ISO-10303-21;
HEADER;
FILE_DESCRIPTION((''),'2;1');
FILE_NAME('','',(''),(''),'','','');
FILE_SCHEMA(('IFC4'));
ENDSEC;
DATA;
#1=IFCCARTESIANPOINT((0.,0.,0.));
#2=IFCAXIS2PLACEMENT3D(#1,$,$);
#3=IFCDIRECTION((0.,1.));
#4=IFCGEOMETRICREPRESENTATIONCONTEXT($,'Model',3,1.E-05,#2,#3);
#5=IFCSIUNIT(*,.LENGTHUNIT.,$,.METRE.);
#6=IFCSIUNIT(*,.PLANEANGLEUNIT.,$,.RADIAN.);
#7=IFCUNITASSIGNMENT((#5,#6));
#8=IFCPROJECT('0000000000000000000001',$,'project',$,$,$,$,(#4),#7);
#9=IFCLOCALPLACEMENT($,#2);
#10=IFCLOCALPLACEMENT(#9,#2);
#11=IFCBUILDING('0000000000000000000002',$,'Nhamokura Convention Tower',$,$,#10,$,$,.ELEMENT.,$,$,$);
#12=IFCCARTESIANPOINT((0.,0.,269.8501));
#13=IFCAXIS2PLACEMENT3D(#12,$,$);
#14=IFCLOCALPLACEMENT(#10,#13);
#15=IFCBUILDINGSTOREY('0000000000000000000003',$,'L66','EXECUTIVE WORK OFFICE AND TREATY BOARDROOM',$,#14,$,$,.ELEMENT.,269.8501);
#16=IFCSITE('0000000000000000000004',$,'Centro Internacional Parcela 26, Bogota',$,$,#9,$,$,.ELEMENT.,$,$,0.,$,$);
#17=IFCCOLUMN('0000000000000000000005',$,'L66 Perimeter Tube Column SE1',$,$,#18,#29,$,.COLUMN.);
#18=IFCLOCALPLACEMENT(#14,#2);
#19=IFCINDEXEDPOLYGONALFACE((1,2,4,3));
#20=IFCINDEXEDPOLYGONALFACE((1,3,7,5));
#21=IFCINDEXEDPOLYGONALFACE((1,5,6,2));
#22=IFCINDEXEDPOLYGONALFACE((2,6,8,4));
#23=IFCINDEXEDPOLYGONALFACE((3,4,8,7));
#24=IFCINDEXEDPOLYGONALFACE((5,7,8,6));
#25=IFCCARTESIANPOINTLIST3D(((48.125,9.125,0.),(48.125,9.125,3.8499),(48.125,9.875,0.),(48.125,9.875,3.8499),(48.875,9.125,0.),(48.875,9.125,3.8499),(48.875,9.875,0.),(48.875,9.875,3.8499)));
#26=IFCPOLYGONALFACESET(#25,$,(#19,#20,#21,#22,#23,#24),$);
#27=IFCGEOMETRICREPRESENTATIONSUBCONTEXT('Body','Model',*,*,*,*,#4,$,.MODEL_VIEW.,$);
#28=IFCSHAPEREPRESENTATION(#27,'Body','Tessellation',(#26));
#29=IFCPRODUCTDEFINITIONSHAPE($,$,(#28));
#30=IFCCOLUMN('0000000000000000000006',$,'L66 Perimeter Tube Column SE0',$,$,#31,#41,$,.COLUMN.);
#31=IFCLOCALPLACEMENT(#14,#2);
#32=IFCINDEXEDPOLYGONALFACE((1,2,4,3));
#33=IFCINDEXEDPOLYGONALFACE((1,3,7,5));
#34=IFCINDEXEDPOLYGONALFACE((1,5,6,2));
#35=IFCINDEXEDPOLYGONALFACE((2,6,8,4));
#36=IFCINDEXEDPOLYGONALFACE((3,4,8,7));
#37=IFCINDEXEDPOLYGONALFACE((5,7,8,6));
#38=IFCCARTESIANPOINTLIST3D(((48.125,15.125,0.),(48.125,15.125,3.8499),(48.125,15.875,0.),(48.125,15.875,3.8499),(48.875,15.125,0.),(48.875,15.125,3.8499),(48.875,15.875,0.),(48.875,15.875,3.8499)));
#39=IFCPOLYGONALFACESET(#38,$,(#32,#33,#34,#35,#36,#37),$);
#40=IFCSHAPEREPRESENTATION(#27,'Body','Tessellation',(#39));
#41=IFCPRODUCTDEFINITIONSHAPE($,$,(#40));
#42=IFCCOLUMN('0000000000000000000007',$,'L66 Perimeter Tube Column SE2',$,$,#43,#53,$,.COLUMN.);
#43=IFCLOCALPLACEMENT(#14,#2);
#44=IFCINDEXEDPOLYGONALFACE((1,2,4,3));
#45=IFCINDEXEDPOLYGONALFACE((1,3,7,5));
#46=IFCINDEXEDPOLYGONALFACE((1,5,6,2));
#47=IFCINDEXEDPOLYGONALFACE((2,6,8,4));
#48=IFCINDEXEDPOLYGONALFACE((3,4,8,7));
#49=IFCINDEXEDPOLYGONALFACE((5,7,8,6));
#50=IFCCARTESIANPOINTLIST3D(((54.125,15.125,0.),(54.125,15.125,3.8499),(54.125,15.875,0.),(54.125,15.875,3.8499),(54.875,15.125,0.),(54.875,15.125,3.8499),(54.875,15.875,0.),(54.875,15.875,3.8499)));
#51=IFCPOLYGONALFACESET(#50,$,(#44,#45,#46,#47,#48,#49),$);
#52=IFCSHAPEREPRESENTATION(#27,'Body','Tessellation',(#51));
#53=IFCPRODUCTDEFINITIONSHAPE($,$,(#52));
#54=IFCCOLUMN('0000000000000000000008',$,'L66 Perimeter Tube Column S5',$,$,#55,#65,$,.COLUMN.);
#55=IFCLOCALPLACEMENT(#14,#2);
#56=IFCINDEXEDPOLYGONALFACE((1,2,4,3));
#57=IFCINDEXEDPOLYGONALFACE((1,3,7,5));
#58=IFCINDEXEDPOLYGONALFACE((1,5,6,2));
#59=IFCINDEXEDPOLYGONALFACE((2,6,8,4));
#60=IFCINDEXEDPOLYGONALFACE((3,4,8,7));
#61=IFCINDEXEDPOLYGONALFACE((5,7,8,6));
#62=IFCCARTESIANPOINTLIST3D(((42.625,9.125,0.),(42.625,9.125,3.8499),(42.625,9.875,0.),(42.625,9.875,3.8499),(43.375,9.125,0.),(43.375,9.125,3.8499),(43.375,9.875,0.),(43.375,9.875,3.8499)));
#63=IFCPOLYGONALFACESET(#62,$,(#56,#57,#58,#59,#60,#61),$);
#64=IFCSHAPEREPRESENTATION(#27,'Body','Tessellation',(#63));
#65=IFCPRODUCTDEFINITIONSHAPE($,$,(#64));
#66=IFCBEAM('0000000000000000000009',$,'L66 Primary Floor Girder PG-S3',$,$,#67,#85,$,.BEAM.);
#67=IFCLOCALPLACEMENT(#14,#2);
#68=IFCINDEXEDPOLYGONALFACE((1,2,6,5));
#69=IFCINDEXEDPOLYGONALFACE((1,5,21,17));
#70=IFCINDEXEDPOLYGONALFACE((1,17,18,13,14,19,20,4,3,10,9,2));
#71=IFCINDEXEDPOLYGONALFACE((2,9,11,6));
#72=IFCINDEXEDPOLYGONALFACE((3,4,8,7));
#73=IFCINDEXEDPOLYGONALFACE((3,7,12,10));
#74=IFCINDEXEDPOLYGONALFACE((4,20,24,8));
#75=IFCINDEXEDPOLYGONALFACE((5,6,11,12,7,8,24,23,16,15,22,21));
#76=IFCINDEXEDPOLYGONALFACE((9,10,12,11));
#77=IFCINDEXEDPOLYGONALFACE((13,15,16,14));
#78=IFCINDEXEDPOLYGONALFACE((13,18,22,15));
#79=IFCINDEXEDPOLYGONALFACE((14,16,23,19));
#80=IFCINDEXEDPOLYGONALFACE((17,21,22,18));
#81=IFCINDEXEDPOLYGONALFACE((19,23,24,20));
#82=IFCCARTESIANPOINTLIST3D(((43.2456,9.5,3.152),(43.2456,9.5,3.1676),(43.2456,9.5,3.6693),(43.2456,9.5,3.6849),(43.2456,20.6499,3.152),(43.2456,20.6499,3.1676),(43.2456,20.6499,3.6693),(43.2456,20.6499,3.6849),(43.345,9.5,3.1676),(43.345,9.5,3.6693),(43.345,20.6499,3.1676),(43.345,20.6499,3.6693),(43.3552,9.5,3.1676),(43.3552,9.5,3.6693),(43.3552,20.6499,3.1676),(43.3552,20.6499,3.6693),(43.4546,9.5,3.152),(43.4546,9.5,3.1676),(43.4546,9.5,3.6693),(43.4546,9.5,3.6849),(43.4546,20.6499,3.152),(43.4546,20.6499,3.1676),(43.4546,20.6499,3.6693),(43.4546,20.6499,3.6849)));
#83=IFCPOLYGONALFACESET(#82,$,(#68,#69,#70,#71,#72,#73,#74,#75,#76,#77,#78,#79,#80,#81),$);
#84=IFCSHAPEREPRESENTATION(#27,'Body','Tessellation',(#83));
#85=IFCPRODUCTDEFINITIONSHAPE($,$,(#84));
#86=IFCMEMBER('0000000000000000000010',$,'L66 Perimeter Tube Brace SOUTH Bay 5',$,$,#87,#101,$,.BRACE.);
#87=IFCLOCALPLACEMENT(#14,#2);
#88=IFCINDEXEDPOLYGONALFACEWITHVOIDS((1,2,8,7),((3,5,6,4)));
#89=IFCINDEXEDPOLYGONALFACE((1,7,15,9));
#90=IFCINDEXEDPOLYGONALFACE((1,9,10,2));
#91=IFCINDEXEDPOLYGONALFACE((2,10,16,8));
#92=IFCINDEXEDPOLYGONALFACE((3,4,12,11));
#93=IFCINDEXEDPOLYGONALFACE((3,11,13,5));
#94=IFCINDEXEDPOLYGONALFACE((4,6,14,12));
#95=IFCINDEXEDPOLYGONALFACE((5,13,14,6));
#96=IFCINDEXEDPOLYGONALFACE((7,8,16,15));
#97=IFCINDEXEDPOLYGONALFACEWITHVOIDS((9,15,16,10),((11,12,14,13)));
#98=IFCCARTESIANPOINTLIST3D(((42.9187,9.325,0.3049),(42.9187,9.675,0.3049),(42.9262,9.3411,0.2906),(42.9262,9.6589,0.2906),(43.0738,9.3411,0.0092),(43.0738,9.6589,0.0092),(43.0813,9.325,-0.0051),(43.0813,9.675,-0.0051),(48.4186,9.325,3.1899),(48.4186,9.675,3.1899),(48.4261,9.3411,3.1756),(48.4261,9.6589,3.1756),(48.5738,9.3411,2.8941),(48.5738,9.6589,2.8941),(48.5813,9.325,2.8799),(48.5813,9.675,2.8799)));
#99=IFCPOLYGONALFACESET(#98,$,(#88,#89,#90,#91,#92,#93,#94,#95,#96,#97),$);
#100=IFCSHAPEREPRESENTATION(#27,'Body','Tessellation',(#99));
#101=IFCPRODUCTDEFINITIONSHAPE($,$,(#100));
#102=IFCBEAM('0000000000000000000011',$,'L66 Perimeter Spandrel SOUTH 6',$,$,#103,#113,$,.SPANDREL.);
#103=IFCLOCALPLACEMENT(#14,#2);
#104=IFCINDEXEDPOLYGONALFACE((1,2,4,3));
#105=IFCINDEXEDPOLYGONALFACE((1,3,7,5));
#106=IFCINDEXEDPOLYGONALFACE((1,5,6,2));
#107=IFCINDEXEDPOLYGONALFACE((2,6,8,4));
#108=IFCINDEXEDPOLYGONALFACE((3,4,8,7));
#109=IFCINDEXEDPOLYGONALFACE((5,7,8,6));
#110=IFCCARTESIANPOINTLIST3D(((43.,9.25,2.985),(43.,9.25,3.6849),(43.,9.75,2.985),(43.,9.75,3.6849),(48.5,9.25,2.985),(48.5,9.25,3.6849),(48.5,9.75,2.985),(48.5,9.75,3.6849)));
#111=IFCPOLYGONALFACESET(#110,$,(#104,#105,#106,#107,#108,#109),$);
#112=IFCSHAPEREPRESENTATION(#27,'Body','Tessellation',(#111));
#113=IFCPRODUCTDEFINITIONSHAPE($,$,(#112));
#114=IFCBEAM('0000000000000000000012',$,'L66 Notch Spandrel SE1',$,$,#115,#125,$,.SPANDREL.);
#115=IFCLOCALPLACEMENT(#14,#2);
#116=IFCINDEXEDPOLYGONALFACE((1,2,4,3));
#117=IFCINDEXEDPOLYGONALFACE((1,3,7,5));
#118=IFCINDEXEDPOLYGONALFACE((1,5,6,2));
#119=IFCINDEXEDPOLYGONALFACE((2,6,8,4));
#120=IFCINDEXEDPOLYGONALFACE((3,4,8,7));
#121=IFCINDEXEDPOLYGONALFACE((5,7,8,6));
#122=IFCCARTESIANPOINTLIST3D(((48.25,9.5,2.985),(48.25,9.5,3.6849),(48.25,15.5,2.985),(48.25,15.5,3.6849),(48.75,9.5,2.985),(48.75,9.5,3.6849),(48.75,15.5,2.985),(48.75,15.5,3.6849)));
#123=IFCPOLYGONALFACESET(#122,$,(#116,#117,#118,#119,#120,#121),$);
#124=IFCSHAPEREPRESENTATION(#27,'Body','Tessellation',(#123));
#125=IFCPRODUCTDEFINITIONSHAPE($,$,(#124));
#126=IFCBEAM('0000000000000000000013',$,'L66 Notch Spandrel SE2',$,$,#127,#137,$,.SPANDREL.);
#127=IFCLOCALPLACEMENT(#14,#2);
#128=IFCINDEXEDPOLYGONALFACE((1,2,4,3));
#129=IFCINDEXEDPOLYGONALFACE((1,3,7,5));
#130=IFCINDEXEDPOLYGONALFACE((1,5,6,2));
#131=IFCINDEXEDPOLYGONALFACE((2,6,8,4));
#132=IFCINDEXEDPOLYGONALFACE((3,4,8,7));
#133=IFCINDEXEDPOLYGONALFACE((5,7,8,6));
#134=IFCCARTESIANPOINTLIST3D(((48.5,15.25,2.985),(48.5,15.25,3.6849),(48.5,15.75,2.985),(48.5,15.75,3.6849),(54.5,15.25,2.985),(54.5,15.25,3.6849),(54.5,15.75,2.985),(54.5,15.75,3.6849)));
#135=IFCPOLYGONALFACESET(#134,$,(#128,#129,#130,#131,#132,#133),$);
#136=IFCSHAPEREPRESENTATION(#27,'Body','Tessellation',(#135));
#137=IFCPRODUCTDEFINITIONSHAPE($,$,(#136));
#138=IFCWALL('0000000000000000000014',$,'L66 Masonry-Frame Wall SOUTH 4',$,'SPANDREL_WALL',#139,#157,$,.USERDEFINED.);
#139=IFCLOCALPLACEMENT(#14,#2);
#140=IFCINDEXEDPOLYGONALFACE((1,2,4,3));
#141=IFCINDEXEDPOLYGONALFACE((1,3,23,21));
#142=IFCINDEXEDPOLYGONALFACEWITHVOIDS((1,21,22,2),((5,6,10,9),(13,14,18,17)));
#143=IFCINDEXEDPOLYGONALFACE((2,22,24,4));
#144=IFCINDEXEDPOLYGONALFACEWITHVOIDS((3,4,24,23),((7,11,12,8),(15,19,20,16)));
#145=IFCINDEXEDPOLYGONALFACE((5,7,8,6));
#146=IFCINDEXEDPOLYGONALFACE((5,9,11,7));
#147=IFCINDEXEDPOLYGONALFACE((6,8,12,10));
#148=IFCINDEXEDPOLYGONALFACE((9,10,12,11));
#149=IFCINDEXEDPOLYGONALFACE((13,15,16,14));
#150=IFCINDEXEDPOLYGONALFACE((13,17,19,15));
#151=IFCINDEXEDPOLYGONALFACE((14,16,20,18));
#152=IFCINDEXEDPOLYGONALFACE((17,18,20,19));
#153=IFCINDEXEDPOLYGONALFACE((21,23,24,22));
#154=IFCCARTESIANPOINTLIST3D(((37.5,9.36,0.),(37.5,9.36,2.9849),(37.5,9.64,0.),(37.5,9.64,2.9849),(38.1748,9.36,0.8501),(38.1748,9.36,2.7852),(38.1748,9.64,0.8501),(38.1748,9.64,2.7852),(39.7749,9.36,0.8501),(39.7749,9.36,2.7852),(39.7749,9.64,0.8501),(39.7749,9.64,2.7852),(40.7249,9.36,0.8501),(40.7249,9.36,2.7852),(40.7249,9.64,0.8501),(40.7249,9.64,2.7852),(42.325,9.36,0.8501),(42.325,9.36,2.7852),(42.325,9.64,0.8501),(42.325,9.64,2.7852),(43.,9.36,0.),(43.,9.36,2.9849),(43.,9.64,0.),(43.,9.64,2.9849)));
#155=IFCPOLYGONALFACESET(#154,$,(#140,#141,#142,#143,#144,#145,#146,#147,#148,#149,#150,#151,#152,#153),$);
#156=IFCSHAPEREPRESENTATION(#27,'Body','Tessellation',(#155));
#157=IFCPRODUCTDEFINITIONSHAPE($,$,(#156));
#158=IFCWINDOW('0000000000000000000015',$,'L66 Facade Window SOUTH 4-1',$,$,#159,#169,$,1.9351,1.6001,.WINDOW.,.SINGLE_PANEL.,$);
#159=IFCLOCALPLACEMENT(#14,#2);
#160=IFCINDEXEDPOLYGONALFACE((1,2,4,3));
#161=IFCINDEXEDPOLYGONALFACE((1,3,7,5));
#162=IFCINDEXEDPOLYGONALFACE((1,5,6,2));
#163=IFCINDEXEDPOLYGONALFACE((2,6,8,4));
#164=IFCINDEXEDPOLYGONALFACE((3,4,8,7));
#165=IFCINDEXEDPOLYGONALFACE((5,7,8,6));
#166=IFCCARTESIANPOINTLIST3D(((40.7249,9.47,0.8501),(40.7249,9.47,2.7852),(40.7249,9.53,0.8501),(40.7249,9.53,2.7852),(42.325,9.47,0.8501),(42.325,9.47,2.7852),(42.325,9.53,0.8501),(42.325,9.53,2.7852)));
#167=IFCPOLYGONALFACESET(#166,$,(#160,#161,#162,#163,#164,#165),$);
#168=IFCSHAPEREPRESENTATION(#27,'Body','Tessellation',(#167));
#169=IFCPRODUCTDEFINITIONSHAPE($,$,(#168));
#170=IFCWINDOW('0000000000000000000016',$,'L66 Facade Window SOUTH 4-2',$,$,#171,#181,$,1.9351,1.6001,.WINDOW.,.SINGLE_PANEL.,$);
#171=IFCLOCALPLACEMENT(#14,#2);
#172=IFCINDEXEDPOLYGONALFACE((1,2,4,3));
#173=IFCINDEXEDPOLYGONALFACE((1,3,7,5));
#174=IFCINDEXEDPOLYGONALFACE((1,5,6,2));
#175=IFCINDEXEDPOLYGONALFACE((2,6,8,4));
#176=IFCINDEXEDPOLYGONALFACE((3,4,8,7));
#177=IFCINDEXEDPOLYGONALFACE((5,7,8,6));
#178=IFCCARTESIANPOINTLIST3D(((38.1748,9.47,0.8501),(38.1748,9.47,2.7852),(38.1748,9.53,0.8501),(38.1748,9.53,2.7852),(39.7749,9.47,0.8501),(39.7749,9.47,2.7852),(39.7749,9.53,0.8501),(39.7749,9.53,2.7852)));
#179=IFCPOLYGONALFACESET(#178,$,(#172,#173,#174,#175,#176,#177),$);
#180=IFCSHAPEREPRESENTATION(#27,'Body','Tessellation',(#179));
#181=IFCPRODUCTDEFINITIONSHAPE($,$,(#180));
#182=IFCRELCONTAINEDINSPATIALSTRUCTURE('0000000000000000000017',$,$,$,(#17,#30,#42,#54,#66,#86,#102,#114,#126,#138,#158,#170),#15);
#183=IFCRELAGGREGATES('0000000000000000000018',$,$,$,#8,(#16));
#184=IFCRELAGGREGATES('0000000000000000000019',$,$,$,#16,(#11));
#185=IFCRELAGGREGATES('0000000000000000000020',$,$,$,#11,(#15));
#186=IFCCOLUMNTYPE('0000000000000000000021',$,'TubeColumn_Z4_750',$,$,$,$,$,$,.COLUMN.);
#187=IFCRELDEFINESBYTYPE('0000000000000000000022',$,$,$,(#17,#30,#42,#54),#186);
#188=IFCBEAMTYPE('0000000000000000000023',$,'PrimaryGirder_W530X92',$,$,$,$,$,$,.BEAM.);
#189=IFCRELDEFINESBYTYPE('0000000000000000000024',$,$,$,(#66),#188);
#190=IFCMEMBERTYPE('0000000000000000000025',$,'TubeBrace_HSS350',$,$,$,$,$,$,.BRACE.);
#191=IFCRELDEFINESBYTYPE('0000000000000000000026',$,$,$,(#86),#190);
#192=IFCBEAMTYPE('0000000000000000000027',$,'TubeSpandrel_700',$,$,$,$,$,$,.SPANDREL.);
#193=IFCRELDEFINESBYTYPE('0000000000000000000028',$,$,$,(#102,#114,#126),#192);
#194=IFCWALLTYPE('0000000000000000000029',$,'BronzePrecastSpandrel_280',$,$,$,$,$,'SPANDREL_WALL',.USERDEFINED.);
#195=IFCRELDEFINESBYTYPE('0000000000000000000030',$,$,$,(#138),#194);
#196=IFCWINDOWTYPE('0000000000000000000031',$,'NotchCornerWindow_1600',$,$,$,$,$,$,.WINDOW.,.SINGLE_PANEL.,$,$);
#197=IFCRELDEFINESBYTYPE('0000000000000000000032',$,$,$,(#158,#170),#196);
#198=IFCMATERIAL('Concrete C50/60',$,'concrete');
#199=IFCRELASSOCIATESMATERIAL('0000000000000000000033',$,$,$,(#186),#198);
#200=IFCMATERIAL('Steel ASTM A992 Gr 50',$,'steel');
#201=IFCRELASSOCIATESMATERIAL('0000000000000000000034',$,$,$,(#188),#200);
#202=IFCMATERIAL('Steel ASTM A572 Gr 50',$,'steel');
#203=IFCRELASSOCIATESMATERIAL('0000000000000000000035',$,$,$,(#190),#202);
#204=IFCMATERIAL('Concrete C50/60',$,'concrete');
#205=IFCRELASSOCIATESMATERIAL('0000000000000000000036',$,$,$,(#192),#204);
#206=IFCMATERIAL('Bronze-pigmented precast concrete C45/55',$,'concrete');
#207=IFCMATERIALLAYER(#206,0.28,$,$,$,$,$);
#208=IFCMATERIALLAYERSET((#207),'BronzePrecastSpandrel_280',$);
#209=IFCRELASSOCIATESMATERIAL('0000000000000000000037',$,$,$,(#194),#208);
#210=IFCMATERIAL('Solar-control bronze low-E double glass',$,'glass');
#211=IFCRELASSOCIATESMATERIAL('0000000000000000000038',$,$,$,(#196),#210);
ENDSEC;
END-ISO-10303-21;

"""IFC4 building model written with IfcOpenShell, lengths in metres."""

from ifc_helpers import new_model, si_unit, direction, frame, frame_2d, origin, origin_2d, place, context, subcontext, project, spatial, rectangle, hollow_rectangle, i_section, extrude, material, layer, layer_set, material_profile, profile_set, type_object, element, fill, save


model = new_model("IFC4")

# Units and contexts
model_context = context("Model", 3, precision=1e-05, world=origin(), true_north=direction((0.0, 1.0)))
body_context = subcontext(model_context, "Body", "Model", "MODEL_VIEW")
ifc_project = project(units=[si_unit("LENGTHUNIT", "METRE"), si_unit("PLANEANGLEUNIT", "RADIAN")], contexts=[model_context])

# Site, building, storey
site_placement = place(None, origin())
site = spatial("IfcSite", under=ifc_project, at=site_placement, Name="Centro Internacional Parcela 26, Bogota", CompositionType="ELEMENT", RefElevation=0.0)
building_placement = place(site_placement, origin())
building = spatial("IfcBuilding", under=site, at=building_placement, Name="Nhamokura Convention Tower", CompositionType="ELEMENT")
storey_placement = place(building_placement, frame((0.0, 0.0, 269.8501)))
storey = spatial("IfcBuildingStorey", under=building, at=storey_placement, Name="L66", Description="EXECUTIVE WORK OFFICE AND TREATY BOARDROOM", CompositionType="ELEMENT", Elevation=269.8501)

# Columns
ifc_material_1 = material(Name="Concrete C50/60", Category="concrete")
ifc_material_profile_1 = material_profile(ifc_material_1, rectangle(XDim=0.75, YDim=0.75, at=origin_2d()))
ifc_profile_set_1 = profile_set([ifc_material_profile_1], Name="Concrete C50/60")
column_type = type_object("IfcColumnType", Name="TubeColumn_Z4_750", PredefinedType="COLUMN", material=ifc_profile_set_1)
for number, where, z_axis, x_axis, name in (
    (1, (48.5, 9.5, 0.0), (0.0, 0.0, 1.0), (1.0, 0.0, 0.0), "L66 Perimeter Tube Column SE1"),
    (2, (48.5, 15.5, 0.0), (0.0, 0.0, 1.0), (1.0, 0.0, 0.0), "L66 Perimeter Tube Column SE0"),
    (3, (54.5, 15.5, 0.0), (0.0, 0.0, 1.0), (1.0, 0.0, 0.0), "L66 Perimeter Tube Column SE2"),
    (4, (43.0, 9.5, 0.0), (0.0, 0.0, 1.0), (1.0, 0.0, 0.0), "L66 Perimeter Tube Column S5"),
):
    element("IfcColumn", number, at=place(storey_placement, frame(where, z_axis=z_axis, x_axis=x_axis)), inside=storey, type_object=column_type, Name=name, PredefinedType="COLUMN", context=body_context, shape_type="SweptSolid", body=[
        extrude(rectangle(XDim=0.75, YDim=0.75, at=origin_2d()), origin(), (0.0, 0.0, 1.0), 3.8499),
    ])

# Beam
ifc_material_2 = material(Name="Steel ASTM A992 Gr 50", Category="steel")
ifc_material_profile_2 = material_profile(ifc_material_2, i_section(OverallWidth=0.209, OverallDepth=0.533, WebThickness=0.0103, FlangeThickness=0.0156, at=origin_2d()))
ifc_profile_set_2 = profile_set([ifc_material_profile_2], Name="Steel ASTM A992 Gr 50")
beam_type_1 = type_object("IfcBeamType", Name="PrimaryGirder_W530X92", PredefinedType="BEAM", material=ifc_profile_set_2)
beam_1_placement = place(storey_placement, frame((43.3501, 9.5, 3.4185), z_axis=(0.0, 1.0, 0.0), x_axis=(-1.0, 0.0, 0.0)))
element("IfcBeam", 5, at=beam_1_placement, inside=storey, type_object=beam_type_1, Name="L66 Primary Floor Girder PG-S3", PredefinedType="BEAM", context=body_context, shape_type="SweptSolid", body=[
    extrude(i_section(OverallWidth=0.209, OverallDepth=0.533, WebThickness=0.0103, FlangeThickness=0.0156, at=origin_2d()), origin(), (0.0, 0.0, 1.0), 11.1499),
])

# Member
ifc_material_3 = material(Name="Steel ASTM A572 Gr 50", Category="steel")
ifc_material_profile_3 = material_profile(ifc_material_3, hollow_rectangle(XDim=0.3501, YDim=0.3501, WallThickness=0.0161, at=origin_2d()))
ifc_profile_set_3 = profile_set([ifc_material_profile_3], Name="Steel ASTM A572 Gr 50")
member_type = type_object("IfcMemberType", Name="TubeBrace_HSS350", PredefinedType="BRACE", material=ifc_profile_set_3)
member_placement = place(storey_placement, frame((43.0, 9.5, 0.1499), z_axis=(0.885563, 0.0, 0.46452), x_axis=(0.0, 1.0, 0.0)))
element("IfcMember", 6, at=member_placement, inside=storey, type_object=member_type, Name="L66 Perimeter Tube Brace SOUTH Bay 5", PredefinedType="BRACE", context=body_context, shape_type="SweptSolid", body=[
    extrude(hollow_rectangle(XDim=0.3501, YDim=0.3501, WallThickness=0.0161, at=origin_2d()), origin(), (0.0, 0.0, 1.0), 6.2107),
])

# Beams
ifc_material_4 = material(Name="Concrete C50/60", Category="concrete")
ifc_material_profile_4 = material_profile(ifc_material_4, rectangle(XDim=0.5, YDim=0.7, at=origin_2d()))
ifc_profile_set_4 = profile_set([ifc_material_profile_4], Name="Concrete C50/60")
beam_type_2 = type_object("IfcBeamType", Name="TubeSpandrel_700", PredefinedType="SPANDREL", material=ifc_profile_set_4)
beam_2_placement = place(storey_placement, frame((43.0, 9.5, 3.335), z_axis=(1.0, 0.0, 0.0), x_axis=(0.0, 1.0, 0.0)))
element("IfcBeam", 7, at=beam_2_placement, inside=storey, type_object=beam_type_2, Name="L66 Perimeter Spandrel SOUTH 6", PredefinedType="SPANDREL", context=body_context, shape_type="SweptSolid", body=[
    extrude(rectangle(XDim=0.5, YDim=0.7, at=origin_2d()), origin(), (0.0, 0.0, 1.0), 5.5),
])
for number, where, z_axis, x_axis, name in (
    (8, (48.5, 9.5, 3.335), (0.0, 1.0, 0.0), (-1.0, 0.0, 0.0), "L66 Notch Spandrel SE1"),
    (9, (48.5, 15.5, 3.335), (1.0, 0.0, 0.0), (0.0, 1.0, 0.0), "L66 Notch Spandrel SE2"),
):
    element("IfcBeam", number, at=place(storey_placement, frame(where, z_axis=z_axis, x_axis=x_axis)), inside=storey, type_object=beam_type_2, Name=name, PredefinedType="SPANDREL", context=body_context, shape_type="SweptSolid", body=[
        extrude(rectangle(XDim=0.5, YDim=0.7, at=origin_2d()), origin(), (0.0, 0.0, 1.0), 6.0),
    ])

# Wall, openings, windows
ifc_material_5 = material(Name="Bronze-pigmented precast concrete C45/55", Category="concrete")
ifc_layer_1 = layer(ifc_material_5, 0.28)
ifc_layer_set_1 = layer_set([ifc_layer_1], Name="BronzePrecastSpandrel_280")
wall_type_1 = type_object("IfcWallType", Name="BronzePrecastSpandrel_280", ElementType="SPANDREL_WALL", PredefinedType="USERDEFINED", material=ifc_layer_set_1)
wall_1_placement = place(storey_placement, frame((43.0, 9.5, 0.0), z_axis=(0.0, 0.0, 1.0), x_axis=(-1.0, 0.0, 0.0)))
wall_1 = element("IfcWall", 10, at=wall_1_placement, inside=storey, type_object=wall_type_1, Name="L66 Masonry-Frame Wall SOUTH 4", ObjectType="SPANDREL_WALL", PredefinedType="USERDEFINED", context=body_context, shape_type="SweptSolid", body=[
    extrude(rectangle(XDim=5.5, YDim=0.28, at=frame_2d((2.75, 0.0))), origin(), (0.0, 0.0, 1.0), 2.9849),
])
opening_1_placement = place(wall_1_placement, frame((0.675, 0.0, 0.8501)))
opening_1 = element("IfcOpeningElement", 11, at=opening_1_placement, cuts=wall_1, PredefinedType="OPENING", context=body_context, shape_type="SweptSolid", body=[
    extrude(rectangle(XDim=1.6001, YDim=1.9351, at=frame_2d((0.8, 0.9675))), frame((0.0, 0.1499, 0.0), z_axis=(0.0, -1.0, 0.0), x_axis=(1.0, 0.0, 0.0)), (0.0, 0.0, 1.0), 0.3),
])
opening_2_placement = place(wall_1_placement, frame((3.2251, 0.0, 0.8501)))
opening_2 = element("IfcOpeningElement", 12, at=opening_2_placement, cuts=wall_1, PredefinedType="OPENING", context=body_context, shape_type="SweptSolid", body=[
    extrude(rectangle(XDim=1.6001, YDim=1.9351, at=frame_2d((0.8, 0.9675))), frame((0.0, 0.1499, 0.0), z_axis=(0.0, -1.0, 0.0), x_axis=(1.0, 0.0, 0.0)), (0.0, 0.0, 1.0), 0.3),
])
ifc_material_6 = material(Name="Solar-control bronze low-E double glass", Category="glass")
window_type = type_object("IfcWindowType", Name="NotchCornerWindow_1600", PartitioningType="SINGLE_PANEL", PredefinedType="WINDOW", material=ifc_material_6)
window_1_placement = place(opening_1_placement, origin())
window_1 = element("IfcWindow", 13, at=window_1_placement, inside=storey, type_object=window_type, Name="L66 Facade Window SOUTH 4-1", OverallHeight=1.9351, OverallWidth=1.6001, PartitioningType="SINGLE_PANEL", PredefinedType="WINDOW", context=body_context, shape_type="SweptSolid", body=[
    extrude(rectangle(XDim=1.6001, YDim=1.9351, at=frame_2d((0.8, 0.9675))), frame((0.0, 0.03, 0.0), z_axis=(0.0, -1.0, 0.0), x_axis=(1.0, 0.0, 0.0)), (0.0, 0.0, 1.0), 0.0601),
])
fill(opening_1, window_1)
window_2_placement = place(opening_2_placement, origin())
window_2 = element("IfcWindow", 14, at=window_2_placement, inside=storey, type_object=window_type, Name="L66 Facade Window SOUTH 4-2", OverallHeight=1.9351, OverallWidth=1.6001, PartitioningType="SINGLE_PANEL", PredefinedType="WINDOW", context=body_context, shape_type="SweptSolid", body=[
    extrude(rectangle(XDim=1.6001, YDim=1.9351, at=frame_2d((0.8, 0.9675))), frame((0.0, 0.03, 0.0), z_axis=(0.0, -1.0, 0.0), x_axis=(1.0, 0.0, 0.0)), (0.0, 0.0, 1.0), 0.0601),
])
fill(opening_2, window_2)

save(model, "model.ifc")
